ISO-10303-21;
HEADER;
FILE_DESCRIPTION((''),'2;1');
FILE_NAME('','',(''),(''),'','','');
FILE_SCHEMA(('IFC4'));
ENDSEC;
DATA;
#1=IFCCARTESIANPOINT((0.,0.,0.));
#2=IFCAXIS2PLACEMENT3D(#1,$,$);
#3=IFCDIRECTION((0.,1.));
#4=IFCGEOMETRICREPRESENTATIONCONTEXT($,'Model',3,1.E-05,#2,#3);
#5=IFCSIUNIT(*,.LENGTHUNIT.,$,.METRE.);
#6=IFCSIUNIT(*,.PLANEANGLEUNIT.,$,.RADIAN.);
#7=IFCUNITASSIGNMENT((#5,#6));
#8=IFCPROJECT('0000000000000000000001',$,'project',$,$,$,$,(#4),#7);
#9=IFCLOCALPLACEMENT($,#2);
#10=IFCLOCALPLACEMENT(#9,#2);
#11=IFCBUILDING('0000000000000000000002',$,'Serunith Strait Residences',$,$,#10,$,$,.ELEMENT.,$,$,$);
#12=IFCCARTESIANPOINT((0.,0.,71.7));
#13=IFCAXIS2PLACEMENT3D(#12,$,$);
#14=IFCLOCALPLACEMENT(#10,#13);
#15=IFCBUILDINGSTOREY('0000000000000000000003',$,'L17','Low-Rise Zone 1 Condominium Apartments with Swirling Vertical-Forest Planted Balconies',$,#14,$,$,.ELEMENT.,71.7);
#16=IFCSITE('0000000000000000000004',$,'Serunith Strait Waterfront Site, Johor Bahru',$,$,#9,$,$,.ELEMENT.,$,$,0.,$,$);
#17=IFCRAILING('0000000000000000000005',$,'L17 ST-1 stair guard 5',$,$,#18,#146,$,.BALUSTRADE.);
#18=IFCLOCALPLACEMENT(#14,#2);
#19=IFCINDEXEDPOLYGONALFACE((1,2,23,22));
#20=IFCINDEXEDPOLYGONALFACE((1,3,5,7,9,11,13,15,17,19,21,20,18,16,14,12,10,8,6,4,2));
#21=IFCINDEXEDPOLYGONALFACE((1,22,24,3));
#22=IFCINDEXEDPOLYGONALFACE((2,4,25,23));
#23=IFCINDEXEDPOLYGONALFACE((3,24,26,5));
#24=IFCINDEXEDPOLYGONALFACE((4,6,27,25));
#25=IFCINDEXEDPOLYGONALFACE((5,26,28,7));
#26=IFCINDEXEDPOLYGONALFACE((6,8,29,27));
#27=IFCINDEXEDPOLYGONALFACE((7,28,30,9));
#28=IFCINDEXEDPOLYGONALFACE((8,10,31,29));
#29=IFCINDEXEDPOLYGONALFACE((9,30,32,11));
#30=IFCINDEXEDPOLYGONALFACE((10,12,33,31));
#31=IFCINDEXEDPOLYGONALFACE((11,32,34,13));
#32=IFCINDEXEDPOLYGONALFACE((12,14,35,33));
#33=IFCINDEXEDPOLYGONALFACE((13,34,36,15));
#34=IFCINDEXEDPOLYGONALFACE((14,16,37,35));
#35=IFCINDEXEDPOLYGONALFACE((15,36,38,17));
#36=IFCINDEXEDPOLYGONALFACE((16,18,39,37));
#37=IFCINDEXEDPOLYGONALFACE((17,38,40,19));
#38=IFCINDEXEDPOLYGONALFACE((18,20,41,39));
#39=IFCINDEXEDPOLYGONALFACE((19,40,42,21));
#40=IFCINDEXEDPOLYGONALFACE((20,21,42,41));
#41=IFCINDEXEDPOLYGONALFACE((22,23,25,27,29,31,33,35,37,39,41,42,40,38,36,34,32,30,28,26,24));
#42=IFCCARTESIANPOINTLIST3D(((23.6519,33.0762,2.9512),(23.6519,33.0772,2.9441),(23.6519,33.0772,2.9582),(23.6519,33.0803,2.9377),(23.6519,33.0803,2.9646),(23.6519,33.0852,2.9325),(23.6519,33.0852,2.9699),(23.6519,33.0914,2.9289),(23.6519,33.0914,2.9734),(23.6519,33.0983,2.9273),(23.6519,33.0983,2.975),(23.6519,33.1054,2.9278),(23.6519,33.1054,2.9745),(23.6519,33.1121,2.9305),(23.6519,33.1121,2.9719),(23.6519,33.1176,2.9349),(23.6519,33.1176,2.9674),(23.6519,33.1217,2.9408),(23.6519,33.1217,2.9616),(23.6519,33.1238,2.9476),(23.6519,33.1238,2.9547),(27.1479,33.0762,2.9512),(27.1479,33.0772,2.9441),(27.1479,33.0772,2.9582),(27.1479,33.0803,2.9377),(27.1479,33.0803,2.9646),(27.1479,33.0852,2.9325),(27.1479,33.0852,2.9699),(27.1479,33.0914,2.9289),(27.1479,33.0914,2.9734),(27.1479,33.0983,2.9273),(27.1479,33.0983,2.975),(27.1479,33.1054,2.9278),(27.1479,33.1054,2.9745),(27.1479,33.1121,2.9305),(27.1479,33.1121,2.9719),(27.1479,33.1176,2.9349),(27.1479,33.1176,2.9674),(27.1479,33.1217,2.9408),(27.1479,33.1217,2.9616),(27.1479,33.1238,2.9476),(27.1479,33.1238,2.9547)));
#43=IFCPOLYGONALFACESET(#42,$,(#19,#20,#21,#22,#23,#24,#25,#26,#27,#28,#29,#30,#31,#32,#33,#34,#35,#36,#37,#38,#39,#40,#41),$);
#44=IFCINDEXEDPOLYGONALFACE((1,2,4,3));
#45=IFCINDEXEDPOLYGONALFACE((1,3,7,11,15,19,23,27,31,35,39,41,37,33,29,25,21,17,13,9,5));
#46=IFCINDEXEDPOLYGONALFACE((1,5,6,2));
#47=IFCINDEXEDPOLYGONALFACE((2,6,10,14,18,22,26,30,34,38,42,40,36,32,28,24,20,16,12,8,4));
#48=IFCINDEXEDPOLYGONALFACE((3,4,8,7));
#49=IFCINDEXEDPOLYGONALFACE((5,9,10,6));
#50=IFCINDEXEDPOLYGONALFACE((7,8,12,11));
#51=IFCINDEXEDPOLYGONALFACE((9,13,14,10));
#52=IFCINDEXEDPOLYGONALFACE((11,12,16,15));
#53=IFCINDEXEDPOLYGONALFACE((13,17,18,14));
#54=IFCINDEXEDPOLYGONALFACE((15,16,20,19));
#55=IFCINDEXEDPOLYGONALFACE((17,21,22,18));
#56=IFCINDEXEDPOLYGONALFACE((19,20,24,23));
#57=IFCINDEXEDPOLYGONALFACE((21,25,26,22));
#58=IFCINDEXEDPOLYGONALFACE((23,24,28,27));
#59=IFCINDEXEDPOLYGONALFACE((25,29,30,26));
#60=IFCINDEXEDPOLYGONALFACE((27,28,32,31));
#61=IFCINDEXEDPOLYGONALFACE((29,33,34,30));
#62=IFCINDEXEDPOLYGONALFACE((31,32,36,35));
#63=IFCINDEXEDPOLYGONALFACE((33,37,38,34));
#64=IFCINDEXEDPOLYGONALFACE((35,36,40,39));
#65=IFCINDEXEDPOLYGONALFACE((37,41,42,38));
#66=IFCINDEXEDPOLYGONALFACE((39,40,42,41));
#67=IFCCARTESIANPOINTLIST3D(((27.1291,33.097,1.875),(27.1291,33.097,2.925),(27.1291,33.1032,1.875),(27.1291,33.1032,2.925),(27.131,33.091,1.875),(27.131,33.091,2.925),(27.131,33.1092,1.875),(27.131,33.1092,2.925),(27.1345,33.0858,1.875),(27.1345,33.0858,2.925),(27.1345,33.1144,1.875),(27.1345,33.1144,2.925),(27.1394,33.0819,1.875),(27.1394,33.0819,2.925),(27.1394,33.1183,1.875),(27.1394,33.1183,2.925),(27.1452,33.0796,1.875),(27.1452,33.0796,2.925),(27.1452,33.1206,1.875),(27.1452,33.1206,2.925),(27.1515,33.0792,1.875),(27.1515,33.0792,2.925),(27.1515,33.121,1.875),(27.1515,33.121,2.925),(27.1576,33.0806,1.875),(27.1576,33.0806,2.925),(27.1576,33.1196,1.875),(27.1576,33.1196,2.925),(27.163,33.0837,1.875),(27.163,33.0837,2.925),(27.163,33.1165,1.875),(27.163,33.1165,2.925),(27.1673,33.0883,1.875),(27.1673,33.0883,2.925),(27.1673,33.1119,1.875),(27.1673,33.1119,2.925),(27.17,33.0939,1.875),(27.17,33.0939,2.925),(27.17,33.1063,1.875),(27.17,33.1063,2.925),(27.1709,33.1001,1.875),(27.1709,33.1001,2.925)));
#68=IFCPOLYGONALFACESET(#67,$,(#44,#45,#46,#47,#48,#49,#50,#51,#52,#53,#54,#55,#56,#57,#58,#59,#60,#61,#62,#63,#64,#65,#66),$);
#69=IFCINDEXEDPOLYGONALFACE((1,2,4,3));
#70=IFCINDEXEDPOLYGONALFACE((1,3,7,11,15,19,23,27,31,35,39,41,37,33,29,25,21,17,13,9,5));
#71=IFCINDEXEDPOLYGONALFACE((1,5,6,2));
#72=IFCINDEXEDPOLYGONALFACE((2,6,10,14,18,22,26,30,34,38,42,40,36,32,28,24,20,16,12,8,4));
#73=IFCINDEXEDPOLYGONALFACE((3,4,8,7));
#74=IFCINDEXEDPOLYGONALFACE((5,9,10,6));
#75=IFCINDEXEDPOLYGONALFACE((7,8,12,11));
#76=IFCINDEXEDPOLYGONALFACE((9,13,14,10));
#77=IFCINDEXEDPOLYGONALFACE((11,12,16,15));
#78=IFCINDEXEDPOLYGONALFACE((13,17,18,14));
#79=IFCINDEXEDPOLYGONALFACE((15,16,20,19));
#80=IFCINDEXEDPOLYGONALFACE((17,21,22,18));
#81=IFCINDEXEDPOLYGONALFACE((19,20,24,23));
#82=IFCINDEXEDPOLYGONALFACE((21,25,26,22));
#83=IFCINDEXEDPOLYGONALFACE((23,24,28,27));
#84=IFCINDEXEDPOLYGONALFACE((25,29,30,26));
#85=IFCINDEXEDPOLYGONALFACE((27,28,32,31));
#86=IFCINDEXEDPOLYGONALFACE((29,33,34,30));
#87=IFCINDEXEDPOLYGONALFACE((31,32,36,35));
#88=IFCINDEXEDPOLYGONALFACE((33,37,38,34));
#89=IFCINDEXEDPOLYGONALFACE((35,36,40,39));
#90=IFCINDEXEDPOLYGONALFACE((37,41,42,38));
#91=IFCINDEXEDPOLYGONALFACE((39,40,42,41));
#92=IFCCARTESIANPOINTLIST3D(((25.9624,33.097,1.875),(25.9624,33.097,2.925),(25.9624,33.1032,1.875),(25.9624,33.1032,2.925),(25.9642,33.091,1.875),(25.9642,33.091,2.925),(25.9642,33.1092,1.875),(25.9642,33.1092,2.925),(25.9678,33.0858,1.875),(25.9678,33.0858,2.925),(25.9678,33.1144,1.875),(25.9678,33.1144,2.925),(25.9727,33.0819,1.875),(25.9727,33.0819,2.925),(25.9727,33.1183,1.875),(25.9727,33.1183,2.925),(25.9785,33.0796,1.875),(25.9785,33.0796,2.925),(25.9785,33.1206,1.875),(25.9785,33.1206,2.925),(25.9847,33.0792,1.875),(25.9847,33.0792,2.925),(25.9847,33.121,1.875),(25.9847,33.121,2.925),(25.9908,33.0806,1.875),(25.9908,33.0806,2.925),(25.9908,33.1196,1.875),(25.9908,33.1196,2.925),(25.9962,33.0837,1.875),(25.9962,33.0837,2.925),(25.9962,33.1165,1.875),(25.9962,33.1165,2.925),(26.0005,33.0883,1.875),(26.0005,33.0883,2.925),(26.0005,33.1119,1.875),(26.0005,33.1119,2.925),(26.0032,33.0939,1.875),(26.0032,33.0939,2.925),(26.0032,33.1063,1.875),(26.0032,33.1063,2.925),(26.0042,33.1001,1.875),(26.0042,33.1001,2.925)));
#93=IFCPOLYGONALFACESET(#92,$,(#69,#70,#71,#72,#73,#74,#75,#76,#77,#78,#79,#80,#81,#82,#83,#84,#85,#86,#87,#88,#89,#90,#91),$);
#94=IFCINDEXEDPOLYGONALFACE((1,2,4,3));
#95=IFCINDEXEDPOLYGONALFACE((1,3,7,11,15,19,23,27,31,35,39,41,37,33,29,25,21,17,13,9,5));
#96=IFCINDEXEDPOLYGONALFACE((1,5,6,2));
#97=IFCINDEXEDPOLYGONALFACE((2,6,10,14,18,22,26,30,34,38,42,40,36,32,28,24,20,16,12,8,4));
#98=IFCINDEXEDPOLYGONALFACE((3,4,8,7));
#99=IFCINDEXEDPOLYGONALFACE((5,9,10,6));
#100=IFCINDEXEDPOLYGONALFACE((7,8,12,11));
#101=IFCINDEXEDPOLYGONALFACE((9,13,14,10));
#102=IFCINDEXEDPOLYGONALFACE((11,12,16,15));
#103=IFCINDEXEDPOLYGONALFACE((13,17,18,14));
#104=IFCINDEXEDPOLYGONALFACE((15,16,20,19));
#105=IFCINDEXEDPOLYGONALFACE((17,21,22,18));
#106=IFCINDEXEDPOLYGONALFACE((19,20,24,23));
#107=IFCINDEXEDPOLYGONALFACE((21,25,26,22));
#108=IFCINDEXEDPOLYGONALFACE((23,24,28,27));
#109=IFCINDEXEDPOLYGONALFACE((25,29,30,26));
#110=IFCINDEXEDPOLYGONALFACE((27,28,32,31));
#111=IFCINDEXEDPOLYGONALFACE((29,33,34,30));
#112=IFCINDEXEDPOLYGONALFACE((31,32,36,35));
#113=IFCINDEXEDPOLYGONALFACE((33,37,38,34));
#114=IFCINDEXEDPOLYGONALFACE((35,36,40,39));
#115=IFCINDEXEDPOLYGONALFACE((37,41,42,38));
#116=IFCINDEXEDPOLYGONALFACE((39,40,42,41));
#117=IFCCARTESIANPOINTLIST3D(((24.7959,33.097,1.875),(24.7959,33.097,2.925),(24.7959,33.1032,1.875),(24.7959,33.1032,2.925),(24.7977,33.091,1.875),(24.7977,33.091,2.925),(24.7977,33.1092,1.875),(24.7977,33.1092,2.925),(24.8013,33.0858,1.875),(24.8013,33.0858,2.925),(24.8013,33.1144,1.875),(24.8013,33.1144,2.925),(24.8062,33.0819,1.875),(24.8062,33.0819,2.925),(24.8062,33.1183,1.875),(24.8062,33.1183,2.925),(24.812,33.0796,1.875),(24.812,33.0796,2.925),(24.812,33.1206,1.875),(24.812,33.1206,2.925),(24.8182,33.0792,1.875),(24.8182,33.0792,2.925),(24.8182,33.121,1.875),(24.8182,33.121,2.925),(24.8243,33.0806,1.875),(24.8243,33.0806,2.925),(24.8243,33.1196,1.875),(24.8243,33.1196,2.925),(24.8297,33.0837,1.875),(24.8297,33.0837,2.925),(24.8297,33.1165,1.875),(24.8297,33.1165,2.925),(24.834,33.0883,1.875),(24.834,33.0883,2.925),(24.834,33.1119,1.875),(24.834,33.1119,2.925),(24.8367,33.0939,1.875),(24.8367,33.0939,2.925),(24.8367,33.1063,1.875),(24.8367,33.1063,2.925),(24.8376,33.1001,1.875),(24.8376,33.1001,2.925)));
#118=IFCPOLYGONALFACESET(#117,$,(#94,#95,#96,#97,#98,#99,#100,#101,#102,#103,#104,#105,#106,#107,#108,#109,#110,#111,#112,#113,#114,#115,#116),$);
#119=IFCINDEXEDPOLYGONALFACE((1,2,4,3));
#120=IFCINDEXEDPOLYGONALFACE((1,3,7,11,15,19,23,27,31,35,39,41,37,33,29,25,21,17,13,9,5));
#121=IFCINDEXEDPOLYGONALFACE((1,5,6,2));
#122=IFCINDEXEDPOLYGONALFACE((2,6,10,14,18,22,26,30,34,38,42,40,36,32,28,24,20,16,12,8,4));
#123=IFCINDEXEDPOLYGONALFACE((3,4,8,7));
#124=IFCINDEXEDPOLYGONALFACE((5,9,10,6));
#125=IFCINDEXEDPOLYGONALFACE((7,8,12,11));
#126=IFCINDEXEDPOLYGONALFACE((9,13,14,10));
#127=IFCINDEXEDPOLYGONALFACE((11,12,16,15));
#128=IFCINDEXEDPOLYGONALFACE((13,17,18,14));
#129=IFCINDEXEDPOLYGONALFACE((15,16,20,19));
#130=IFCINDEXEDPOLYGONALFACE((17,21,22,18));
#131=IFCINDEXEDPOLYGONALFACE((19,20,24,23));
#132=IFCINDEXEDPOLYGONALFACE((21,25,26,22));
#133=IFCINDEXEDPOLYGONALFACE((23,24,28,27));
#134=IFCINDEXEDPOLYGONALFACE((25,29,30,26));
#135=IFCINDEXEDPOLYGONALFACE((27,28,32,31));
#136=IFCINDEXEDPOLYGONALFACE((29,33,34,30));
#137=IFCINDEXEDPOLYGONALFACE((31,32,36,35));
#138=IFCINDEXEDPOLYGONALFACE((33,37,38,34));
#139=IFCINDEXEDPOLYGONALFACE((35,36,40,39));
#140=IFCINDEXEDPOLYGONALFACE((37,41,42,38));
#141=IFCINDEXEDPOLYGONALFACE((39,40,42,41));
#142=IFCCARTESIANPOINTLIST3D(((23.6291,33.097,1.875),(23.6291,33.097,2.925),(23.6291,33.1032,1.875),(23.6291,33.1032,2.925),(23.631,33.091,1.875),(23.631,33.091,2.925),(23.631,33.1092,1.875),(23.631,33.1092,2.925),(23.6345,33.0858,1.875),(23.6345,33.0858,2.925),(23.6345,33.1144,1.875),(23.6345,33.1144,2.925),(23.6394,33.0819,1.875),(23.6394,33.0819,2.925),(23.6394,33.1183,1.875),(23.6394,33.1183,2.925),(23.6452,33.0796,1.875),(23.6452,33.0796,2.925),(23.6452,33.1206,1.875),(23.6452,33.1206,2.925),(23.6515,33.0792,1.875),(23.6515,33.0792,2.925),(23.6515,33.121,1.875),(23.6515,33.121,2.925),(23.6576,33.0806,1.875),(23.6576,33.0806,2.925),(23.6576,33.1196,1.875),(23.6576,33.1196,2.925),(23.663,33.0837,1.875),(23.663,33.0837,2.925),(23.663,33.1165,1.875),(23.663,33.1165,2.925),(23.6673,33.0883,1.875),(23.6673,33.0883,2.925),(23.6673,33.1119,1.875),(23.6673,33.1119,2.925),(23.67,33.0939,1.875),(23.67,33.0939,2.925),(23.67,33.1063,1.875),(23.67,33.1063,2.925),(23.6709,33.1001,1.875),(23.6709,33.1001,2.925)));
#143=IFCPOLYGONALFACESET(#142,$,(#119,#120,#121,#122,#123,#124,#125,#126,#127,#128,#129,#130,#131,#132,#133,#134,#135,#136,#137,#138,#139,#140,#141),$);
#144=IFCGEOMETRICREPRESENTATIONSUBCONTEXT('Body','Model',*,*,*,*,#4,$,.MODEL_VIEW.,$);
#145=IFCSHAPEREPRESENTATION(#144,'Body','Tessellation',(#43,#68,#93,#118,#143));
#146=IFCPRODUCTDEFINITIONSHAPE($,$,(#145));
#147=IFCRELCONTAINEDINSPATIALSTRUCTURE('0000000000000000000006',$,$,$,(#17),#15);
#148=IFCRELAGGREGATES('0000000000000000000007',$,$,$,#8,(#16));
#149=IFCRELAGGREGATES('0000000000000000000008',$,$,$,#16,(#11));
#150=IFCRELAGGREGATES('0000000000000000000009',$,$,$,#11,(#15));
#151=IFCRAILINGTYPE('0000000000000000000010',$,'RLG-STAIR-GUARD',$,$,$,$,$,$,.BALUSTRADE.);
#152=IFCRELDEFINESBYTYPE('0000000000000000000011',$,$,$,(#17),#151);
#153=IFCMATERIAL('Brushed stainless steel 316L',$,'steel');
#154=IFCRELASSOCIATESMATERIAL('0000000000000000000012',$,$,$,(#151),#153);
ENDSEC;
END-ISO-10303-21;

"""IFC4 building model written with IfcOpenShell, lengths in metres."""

from ifc_helpers import new_model, si_unit, direction, frame, origin, origin_2d, place, context, subcontext, project, spatial, circle, extrude, material, type_object, element, save


model = new_model("IFC4")

# Units and contexts
model_context = context("Model", 3, precision=1e-05, world=origin(), true_north=direction((0.0, 1.0)))
body_context = subcontext(model_context, "Body", "Model", "MODEL_VIEW")
ifc_project = project(units=[si_unit("LENGTHUNIT", "METRE"), si_unit("PLANEANGLEUNIT", "RADIAN")], contexts=[model_context])

# Site, building, storey
site_placement = place(None, origin())
site = spatial("IfcSite", under=ifc_project, at=site_placement, Name="Serunith Strait Waterfront Site, Johor Bahru", CompositionType="ELEMENT", RefElevation=0.0)
building_placement = place(site_placement, origin())
building = spatial("IfcBuilding", under=site, at=building_placement, Name="Serunith Strait Residences", CompositionType="ELEMENT")
storey_placement = place(building_placement, frame((0.0, 0.0, 71.7)))
storey = spatial("IfcBuildingStorey", under=building, at=storey_placement, Name="L17", Description="Low-Rise Zone 1 Condominium Apartments with Swirling Vertical-Forest Planted Balconies", CompositionType="ELEMENT", Elevation=71.7)

# Railing
ifc_material_1 = material(Name="Brushed stainless steel 316L", Category="steel")
railing_type_1 = type_object("IfcRailingType", Name="RLG-STAIR-GUARD", PredefinedType="BALUSTRADE", material=ifc_material_1)
railing_1_placement = place(storey_placement, frame((27.1499, 33.1001, 1.875)))
element("IfcRailing", 1, at=railing_1_placement, inside=storey, type_object=railing_type_1, Name="L17 ST-1 stair guard 5", PredefinedType="BALUSTRADE", context=body_context, shape_type="SweptSolid", body=[
    extrude(circle(Radius=0.0239, at=origin_2d()), frame((-0.002, 0.0, 1.0762), z_axis=(-1.0, 0.0, 0.0), x_axis=(0.0, -1.0, 0.0)), (0.0, 0.0, 1.0), 3.4961),
    extrude(circle(Radius=0.021, at=origin_2d()), origin(), (0.0, 0.0, 1.0), 1.05),
    extrude(circle(Radius=0.021, at=origin_2d()), frame((-1.1667, 0.0, 0.0)), (0.0, 0.0, 1.0), 1.05),
    extrude(circle(Radius=0.021, at=origin_2d()), frame((-2.3333, 0.0, 0.0)), (0.0, 0.0, 1.0), 1.05),
    extrude(circle(Radius=0.021, at=origin_2d()), frame((-3.5, 0.0, 0.0)), (0.0, 0.0, 1.0), 1.05),
])

save(model, "model.ifc")
